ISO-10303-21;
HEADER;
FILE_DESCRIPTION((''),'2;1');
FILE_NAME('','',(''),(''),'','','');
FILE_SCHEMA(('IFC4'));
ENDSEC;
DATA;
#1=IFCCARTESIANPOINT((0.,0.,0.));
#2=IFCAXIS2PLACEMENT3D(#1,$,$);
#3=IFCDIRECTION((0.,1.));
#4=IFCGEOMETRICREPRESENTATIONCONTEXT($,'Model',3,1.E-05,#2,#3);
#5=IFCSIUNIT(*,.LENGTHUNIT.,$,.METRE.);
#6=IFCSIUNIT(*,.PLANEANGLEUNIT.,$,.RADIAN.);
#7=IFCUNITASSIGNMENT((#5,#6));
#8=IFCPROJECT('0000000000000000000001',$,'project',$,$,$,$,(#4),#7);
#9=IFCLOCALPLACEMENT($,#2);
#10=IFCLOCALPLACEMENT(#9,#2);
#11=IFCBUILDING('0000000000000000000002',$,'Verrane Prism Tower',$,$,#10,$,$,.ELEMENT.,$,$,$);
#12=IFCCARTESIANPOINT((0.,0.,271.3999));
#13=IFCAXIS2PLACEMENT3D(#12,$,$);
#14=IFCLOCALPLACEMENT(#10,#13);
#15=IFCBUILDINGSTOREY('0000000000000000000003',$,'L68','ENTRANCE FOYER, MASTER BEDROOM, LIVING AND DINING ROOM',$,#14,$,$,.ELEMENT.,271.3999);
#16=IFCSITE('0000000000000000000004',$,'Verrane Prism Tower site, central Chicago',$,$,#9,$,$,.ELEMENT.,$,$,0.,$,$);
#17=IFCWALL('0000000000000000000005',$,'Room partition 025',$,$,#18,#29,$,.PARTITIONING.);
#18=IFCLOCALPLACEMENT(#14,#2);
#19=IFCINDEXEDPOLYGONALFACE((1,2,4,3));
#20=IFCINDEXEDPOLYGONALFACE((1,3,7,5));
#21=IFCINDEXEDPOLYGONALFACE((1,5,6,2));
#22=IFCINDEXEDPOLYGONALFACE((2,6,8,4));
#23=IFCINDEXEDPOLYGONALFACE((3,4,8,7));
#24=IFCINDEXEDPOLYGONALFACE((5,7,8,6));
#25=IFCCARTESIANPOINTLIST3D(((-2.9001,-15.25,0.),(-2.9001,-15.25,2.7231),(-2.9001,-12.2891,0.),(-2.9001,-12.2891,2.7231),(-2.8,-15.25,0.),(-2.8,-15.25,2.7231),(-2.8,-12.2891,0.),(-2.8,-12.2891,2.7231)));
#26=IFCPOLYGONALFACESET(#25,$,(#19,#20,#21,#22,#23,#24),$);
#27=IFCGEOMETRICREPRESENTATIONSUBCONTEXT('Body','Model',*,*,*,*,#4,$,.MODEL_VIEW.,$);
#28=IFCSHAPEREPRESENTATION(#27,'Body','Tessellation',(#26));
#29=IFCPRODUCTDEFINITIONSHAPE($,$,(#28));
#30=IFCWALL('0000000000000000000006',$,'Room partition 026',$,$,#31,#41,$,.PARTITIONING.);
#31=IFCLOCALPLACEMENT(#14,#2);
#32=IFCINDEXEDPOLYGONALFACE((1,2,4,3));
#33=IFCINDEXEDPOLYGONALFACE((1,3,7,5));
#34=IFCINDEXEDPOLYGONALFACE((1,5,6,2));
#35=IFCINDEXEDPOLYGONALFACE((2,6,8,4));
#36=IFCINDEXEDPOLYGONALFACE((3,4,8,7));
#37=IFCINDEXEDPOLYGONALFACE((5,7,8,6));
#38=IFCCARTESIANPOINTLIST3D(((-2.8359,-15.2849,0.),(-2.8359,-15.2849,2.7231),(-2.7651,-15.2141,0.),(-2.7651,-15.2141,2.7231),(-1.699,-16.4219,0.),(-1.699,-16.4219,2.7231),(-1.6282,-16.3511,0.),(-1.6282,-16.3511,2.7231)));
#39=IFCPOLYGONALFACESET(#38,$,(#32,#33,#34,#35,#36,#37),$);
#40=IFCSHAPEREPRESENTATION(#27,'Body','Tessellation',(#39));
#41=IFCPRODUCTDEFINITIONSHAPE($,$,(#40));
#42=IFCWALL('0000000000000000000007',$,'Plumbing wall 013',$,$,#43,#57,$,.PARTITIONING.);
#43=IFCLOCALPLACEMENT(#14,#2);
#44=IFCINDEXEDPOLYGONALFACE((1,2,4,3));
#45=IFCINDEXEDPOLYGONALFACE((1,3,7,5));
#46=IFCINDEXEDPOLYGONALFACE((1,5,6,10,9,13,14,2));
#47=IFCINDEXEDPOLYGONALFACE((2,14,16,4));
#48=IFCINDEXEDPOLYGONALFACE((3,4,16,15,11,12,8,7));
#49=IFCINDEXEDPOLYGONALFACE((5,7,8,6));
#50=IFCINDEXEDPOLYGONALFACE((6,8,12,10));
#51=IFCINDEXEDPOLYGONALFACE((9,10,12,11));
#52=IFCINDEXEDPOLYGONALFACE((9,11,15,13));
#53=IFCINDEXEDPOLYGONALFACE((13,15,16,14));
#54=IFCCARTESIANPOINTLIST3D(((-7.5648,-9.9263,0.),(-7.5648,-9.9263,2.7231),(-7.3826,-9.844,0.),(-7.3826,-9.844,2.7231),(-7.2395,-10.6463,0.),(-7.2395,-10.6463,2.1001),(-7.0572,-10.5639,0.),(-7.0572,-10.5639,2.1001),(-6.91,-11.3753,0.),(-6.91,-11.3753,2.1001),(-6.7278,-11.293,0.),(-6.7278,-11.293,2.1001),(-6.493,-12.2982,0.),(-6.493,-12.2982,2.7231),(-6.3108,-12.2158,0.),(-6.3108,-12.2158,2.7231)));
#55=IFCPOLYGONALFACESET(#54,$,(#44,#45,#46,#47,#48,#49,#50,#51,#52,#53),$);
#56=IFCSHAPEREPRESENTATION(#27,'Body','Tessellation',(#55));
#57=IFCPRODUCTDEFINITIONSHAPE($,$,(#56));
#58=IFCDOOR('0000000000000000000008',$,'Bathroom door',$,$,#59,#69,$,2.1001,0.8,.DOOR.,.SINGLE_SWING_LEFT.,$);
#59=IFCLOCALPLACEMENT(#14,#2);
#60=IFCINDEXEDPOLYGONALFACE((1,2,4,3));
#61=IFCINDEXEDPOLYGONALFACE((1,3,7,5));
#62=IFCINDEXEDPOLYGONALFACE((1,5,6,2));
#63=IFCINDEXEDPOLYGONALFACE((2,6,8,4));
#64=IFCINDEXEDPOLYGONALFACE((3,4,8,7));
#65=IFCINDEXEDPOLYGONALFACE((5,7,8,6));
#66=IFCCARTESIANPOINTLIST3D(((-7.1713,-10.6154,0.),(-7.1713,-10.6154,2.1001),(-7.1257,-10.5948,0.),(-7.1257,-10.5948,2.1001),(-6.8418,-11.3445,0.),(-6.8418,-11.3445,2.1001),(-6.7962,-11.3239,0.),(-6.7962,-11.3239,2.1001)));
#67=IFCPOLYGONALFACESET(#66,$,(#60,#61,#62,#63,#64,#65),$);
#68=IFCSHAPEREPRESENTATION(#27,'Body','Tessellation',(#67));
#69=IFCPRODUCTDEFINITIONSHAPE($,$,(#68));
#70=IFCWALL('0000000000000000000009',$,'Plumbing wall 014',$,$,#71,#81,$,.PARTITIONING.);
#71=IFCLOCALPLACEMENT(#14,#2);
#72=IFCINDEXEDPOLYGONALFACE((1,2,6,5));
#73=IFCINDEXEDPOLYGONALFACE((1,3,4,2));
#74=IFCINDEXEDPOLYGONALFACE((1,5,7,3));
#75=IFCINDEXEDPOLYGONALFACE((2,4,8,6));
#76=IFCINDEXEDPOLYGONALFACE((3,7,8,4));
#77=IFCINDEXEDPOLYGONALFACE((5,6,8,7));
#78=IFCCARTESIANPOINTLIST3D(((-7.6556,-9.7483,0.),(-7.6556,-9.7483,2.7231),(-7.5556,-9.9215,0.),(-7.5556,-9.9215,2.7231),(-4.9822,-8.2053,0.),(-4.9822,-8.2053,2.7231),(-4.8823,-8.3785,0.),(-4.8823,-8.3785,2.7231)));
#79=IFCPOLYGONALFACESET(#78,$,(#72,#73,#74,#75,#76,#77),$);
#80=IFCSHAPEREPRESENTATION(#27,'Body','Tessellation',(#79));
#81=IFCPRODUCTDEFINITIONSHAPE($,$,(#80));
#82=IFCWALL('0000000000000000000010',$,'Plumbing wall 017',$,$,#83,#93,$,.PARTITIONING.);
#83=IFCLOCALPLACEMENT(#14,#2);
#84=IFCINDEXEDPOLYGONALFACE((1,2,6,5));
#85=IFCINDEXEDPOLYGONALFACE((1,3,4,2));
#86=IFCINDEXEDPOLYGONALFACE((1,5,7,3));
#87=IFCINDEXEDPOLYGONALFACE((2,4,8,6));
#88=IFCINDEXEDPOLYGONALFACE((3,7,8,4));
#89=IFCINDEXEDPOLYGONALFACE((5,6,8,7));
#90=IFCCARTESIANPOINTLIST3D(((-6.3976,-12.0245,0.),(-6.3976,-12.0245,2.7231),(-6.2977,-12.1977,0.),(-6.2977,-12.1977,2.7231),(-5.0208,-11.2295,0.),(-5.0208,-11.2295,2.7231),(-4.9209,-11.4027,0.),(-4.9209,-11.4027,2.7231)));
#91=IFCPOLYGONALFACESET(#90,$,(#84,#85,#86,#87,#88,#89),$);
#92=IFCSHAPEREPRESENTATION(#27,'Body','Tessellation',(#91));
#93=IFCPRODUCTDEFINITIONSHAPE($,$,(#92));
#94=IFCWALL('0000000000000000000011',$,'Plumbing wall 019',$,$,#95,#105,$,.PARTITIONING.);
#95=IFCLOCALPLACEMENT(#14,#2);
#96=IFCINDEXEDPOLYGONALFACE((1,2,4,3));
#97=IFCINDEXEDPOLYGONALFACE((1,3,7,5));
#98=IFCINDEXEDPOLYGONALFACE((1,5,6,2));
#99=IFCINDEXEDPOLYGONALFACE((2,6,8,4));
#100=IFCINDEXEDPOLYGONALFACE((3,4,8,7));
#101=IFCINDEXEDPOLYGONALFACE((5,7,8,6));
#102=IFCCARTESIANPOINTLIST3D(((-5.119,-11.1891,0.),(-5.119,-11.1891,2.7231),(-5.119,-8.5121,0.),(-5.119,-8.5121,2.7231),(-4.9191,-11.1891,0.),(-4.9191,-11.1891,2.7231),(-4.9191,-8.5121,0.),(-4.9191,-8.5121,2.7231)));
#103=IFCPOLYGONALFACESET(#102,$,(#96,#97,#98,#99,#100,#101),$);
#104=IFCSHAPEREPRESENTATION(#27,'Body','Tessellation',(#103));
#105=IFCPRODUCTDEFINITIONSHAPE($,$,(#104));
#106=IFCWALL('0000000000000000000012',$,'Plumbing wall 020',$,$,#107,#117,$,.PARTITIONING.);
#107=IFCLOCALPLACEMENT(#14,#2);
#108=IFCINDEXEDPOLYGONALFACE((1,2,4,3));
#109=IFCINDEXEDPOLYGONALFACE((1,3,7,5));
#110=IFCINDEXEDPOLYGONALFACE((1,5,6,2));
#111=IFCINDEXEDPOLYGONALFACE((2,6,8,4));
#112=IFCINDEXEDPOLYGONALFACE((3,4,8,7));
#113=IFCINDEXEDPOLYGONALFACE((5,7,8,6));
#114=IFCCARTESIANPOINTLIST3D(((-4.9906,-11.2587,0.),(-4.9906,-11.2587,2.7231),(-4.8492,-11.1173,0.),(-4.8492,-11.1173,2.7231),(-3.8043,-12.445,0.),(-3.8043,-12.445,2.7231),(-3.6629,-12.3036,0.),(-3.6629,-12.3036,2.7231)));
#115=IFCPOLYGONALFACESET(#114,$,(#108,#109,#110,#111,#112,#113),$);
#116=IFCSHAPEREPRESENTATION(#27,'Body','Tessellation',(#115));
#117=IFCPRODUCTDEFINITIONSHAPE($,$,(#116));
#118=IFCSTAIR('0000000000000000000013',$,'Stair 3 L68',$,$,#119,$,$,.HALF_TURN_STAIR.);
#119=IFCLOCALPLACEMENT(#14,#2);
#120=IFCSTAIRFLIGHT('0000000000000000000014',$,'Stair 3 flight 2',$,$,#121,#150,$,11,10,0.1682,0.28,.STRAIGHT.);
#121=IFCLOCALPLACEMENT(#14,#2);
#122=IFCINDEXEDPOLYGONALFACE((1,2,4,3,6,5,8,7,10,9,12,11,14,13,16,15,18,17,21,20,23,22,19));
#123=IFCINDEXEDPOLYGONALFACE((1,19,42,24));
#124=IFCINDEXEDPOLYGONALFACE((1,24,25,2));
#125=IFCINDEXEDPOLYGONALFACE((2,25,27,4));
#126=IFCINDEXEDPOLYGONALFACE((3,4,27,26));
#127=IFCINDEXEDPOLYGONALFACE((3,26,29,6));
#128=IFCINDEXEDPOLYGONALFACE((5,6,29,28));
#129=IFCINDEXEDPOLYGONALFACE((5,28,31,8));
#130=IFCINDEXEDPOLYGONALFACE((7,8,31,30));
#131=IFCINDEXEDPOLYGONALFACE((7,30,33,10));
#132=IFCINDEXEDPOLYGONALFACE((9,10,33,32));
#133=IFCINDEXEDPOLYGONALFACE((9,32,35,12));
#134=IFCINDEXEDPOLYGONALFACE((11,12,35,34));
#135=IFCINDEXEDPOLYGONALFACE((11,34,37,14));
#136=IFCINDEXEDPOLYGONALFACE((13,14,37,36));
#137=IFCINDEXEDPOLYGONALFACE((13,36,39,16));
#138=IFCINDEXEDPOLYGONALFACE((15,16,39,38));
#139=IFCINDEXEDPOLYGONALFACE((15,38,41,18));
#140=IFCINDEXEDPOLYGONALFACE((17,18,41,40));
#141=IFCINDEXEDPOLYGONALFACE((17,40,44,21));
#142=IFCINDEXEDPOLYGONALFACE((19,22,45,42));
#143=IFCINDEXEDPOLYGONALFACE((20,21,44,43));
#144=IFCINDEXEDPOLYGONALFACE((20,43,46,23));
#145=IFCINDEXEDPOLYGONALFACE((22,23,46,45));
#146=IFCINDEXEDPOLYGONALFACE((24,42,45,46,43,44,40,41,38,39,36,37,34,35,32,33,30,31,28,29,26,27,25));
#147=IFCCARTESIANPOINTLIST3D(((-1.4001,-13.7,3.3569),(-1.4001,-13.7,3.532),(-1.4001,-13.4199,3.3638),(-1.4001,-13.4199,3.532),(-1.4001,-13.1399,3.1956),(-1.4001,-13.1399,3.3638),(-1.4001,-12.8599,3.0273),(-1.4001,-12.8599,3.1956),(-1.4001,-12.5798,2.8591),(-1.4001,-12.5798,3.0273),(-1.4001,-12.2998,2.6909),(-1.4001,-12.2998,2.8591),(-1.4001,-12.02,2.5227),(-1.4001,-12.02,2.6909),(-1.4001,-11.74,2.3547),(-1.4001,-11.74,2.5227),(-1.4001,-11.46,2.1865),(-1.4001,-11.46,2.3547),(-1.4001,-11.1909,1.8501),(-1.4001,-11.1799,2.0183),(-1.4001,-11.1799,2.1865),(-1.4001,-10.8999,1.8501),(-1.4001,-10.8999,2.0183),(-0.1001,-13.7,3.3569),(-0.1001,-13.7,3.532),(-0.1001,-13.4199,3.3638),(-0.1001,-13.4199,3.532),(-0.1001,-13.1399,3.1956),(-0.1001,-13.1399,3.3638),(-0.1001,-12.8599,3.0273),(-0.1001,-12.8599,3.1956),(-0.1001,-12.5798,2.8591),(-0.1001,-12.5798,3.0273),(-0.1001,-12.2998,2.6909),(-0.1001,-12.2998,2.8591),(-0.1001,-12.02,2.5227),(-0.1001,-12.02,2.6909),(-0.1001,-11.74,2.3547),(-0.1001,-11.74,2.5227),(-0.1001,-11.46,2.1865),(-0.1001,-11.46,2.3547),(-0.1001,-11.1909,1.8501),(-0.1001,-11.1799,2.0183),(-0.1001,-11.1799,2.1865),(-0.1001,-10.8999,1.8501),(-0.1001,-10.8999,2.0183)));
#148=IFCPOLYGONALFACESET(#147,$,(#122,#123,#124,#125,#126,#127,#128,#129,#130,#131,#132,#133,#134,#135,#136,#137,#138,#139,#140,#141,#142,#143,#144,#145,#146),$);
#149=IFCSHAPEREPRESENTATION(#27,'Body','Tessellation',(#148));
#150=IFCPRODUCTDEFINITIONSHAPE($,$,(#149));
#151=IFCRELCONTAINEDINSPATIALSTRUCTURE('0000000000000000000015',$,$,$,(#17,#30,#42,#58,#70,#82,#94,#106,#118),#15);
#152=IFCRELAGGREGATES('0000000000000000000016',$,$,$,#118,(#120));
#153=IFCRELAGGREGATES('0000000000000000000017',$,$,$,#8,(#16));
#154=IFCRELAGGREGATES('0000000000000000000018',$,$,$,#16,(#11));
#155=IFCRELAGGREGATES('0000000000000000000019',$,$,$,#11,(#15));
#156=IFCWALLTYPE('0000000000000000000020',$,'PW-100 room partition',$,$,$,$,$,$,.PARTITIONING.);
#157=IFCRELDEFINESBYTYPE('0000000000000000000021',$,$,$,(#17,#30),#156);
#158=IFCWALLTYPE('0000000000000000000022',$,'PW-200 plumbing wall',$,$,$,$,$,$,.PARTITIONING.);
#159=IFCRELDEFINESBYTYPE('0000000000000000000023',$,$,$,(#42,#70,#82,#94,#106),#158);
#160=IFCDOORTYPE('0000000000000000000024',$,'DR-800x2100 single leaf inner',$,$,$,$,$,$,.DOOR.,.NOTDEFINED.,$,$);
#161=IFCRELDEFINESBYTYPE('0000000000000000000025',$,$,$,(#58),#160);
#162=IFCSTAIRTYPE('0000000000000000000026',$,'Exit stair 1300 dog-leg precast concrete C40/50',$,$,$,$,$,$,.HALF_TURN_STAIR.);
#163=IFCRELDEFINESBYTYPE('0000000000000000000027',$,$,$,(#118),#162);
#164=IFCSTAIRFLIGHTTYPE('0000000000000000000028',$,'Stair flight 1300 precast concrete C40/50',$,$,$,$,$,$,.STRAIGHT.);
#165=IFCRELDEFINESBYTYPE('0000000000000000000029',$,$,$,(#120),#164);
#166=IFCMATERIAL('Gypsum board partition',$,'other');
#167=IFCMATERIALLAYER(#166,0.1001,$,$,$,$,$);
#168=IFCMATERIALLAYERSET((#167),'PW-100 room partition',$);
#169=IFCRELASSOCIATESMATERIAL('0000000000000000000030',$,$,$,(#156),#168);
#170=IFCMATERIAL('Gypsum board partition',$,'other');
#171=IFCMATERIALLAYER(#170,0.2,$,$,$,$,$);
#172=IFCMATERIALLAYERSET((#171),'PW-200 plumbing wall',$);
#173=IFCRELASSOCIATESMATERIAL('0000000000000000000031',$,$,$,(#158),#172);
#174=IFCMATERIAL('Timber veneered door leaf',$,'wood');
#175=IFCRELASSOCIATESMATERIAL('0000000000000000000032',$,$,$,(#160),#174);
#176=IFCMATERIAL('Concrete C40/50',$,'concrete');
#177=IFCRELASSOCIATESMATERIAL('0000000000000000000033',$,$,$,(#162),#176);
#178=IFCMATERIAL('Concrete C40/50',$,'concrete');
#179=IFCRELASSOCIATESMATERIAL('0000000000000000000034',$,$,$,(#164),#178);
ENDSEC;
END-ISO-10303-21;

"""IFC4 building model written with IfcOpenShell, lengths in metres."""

from ifc_helpers import new_model, si_unit, direction, frame, frame_2d, origin, place, context, subcontext, project, spatial, polyline, rectangle, outline, extrude, material, layer, layer_set, type_object, element, fill, aggregate, save


model = new_model("IFC4")

# Units and contexts
model_context = context("Model", 3, precision=1e-05, world=origin(), true_north=direction((0.0, 1.0)))
body_context = subcontext(model_context, "Body", "Model", "MODEL_VIEW")
ifc_project = project(units=[si_unit("LENGTHUNIT", "METRE"), si_unit("PLANEANGLEUNIT", "RADIAN")], contexts=[model_context])

# Site, building, storey
site_placement = place(None, origin())
site = spatial("IfcSite", under=ifc_project, at=site_placement, Name="Verrane Prism Tower site, central Chicago", CompositionType="ELEMENT", RefElevation=0.0)
building_placement = place(site_placement, origin())
building = spatial("IfcBuilding", under=site, at=building_placement, Name="Verrane Prism Tower", CompositionType="ELEMENT")
storey_placement = place(building_placement, frame((0.0, 0.0, 271.3999)))
storey = spatial("IfcBuildingStorey", under=building, at=storey_placement, Name="L68", Description="ENTRANCE FOYER, MASTER BEDROOM, LIVING AND DINING ROOM", CompositionType="ELEMENT", Elevation=271.3999)

# Walls
ifc_material_1 = material(Name="Gypsum board partition", Category="other")
ifc_layer_1 = layer(ifc_material_1, 0.1001)
ifc_layer_set_1 = layer_set([ifc_layer_1], Name="PW-100 room partition")
wall_type_1 = type_object("IfcWallType", Name="PW-100 room partition", PredefinedType="PARTITIONING", material=ifc_layer_set_1)
wall_1_placement = place(storey_placement, frame((-2.8501, -15.25, 0.0), z_axis=(0.0, 0.0, 1.0), x_axis=(0.0, 1.0, 0.0)))
element("IfcWall", 1, at=wall_1_placement, inside=storey, type_object=wall_type_1, Name="Room partition 025", PredefinedType="PARTITIONING", context=body_context, shape_type="SweptSolid", body=[
    extrude(rectangle(XDim=2.9609, YDim=0.1001, at=frame_2d((1.4805, 0.0))), origin(), (0.0, 0.0, 1.0), 2.7231),
])
wall_2_placement = place(storey_placement, frame((-2.8005, -15.2495, 0.0), z_axis=(0.0, 0.0, 1.0), x_axis=(0.707107, -0.707107, 0.0)))
element("IfcWall", 2, at=wall_2_placement, inside=storey, type_object=wall_type_1, Name="Room partition 026", PredefinedType="PARTITIONING", context=body_context, shape_type="SweptSolid", body=[
    extrude(rectangle(XDim=1.6079, YDim=0.1001, at=frame_2d((0.804, 0.0))), origin(), (0.0, 0.0, 1.0), 2.7231),
])

# Wall, opening, door
ifc_material_2 = material(Name="Gypsum board partition", Category="other")
ifc_layer_2 = layer(ifc_material_2, 0.2)
ifc_layer_set_2 = layer_set([ifc_layer_2], Name="PW-200 plumbing wall")
wall_type_2 = type_object("IfcWallType", Name="PW-200 plumbing wall", PredefinedType="PARTITIONING", material=ifc_layer_set_2)
wall_3_placement = place(storey_placement, frame((-7.4736, -9.8853, 0.0), z_axis=(0.0, 0.0, 1.0), x_axis=(0.411788, -0.91128, 0.0)))
wall_3 = element("IfcWall", 3, at=wall_3_placement, inside=storey, type_object=wall_type_2, Name="Plumbing wall 013", PredefinedType="PARTITIONING", context=body_context, shape_type="SweptSolid", body=[
    extrude(rectangle(XDim=2.6028, YDim=0.2, at=frame_2d((1.3013, 0.0))), origin(), (0.0, 0.0, 1.0), 2.7231),
])
opening_1_placement = place(wall_3_placement, frame((0.79, 0.0, 0.0)))
opening_1 = element("IfcOpeningElement", 4, at=opening_1_placement, cuts=wall_3, PredefinedType="OPENING", context=body_context, shape_type="SweptSolid", body=[
    extrude(rectangle(XDim=0.8, YDim=2.1001, at=frame_2d((0.3999, 1.05))), frame((0.0, 0.1099, 0.0), z_axis=(0.0, -1.0, 0.0), x_axis=(1.0, 0.0, 0.0)), (0.0, 0.0, 1.0), 0.22),
])
ifc_material_3 = material(Name="Timber veneered door leaf", Category="wood")
door_type_1 = type_object("IfcDoorType", Name="DR-800x2100 single leaf inner", OperationType="NOTDEFINED", PredefinedType="DOOR", material=ifc_material_3)
door_1_placement = place(opening_1_placement, origin())
door_1 = element("IfcDoor", 5, at=door_1_placement, inside=storey, type_object=door_type_1, Name="Bathroom door", OperationType="SINGLE_SWING_LEFT", OverallHeight=2.1001, OverallWidth=0.8, PredefinedType="DOOR", context=body_context, shape_type="SweptSolid", body=[
    extrude(rectangle(XDim=0.8, YDim=2.1001, at=frame_2d((0.3999, 1.05))), frame((0.0, 0.0249, 0.0), z_axis=(0.0, -1.0, 0.0), x_axis=(1.0, 0.0, 0.0)), (0.0, 0.0, 1.0), 0.05),
])
fill(opening_1, door_1)

# Walls
wall_4_placement = place(storey_placement, frame((-7.6057, -9.835, 0.0), z_axis=(0.0, 0.0, 1.0), x_axis=(0.866093, 0.499882, 0.0)))
element("IfcWall", 6, at=wall_4_placement, inside=storey, type_object=wall_type_2, Name="Plumbing wall 014", PredefinedType="PARTITIONING", context=body_context, shape_type="SweptSolid", body=[
    extrude(rectangle(XDim=3.0867, YDim=0.2, at=frame_2d((1.5435, 0.0))), origin(), (0.0, 0.0, 1.0), 2.7231),
])
wall_5_placement = place(storey_placement, frame((-6.3477, -12.1111, 0.0), z_axis=(0.0, 0.0, 1.0), x_axis=(0.866004, 0.500037, 0.0)))
element("IfcWall", 7, at=wall_5_placement, inside=storey, type_object=wall_type_2, Name="Plumbing wall 017", PredefinedType="PARTITIONING", context=body_context, shape_type="SweptSolid", body=[
    extrude(rectangle(XDim=1.5898, YDim=0.2, at=frame_2d((0.7949, 0.0))), origin(), (0.0, 0.0, 1.0), 2.7231),
])
wall_6_placement = place(storey_placement, frame((-5.019, -11.189, 0.0), z_axis=(0.0, 0.0, 1.0), x_axis=(0.0, 1.0, 0.0)))
element("IfcWall", 8, at=wall_6_placement, inside=storey, type_object=wall_type_2, Name="Plumbing wall 019", PredefinedType="PARTITIONING", context=body_context, shape_type="SweptSolid", body=[
    extrude(rectangle(XDim=2.677, YDim=0.2, at=frame_2d((1.3384, 0.0))), origin(), (0.0, 0.0, 1.0), 2.7231),
])
wall_7_placement = place(storey_placement, frame((-4.9199, -11.188, 0.0), z_axis=(0.0, 0.0, 1.0), x_axis=(0.707107, -0.707107, 0.0)))
element("IfcWall", 9, at=wall_7_placement, inside=storey, type_object=wall_type_2, Name="Plumbing wall 020", PredefinedType="PARTITIONING", context=body_context, shape_type="SweptSolid", body=[
    extrude(rectangle(XDim=1.6777, YDim=0.2, at=frame_2d((0.8389, 0.0))), origin(), (0.0, 0.0, 1.0), 2.7231),
])

# Stair, stair flight
ifc_material_4 = material(Name="Concrete C40/50", Category="concrete")
stair_type = type_object("IfcStairType", Name="Exit stair 1300 dog-leg precast concrete C40/50", PredefinedType="HALF_TURN_STAIR", material=ifc_material_4)
stair_placement = place(storey_placement, origin())
stair = element("IfcStair", 10, at=stair_placement, inside=storey, type_object=stair_type, Name="Stair 3 L68", PredefinedType="HALF_TURN_STAIR")
ifc_material_5 = material(Name="Concrete C40/50", Category="concrete")
stair_flight_type = type_object("IfcStairFlightType", Name="Stair flight 1300 precast concrete C40/50", PredefinedType="STRAIGHT", material=ifc_material_5)
stair_flight_placement = place(storey_placement, frame((-0.75, -10.8999, 1.8501), z_axis=(0.0, 0.0, 1.0), x_axis=(0.0, -1.0, 0.0)))
stair_flight = element("IfcStairFlight", 11, at=stair_flight_placement, type_object=stair_flight_type, Name="Stair 3 flight 2", NumberOfRisers=11, NumberOfTreads=10, PredefinedType="STRAIGHT", RiserHeight=0.1682, TreadLength=0.28, context=body_context, shape_type="SweptSolid", body=[
    extrude(outline(polyline([(0.0, 0.0), (0.0, 0.1682), (0.28, 0.1682), (0.28, 0.3364), (0.5601, 0.3364), (0.5601, 0.5046), (0.8401, 0.5046), (0.8401, 0.6726), (1.1201, 0.6726), (1.1201, 0.8408), (1.3999, 0.8408), (1.3999, 1.009), (1.6799, 1.009), (1.6799, 1.1772), (1.96, 1.1772), (1.96, 1.3455), (2.24, 1.3455), (2.24, 1.5137), (2.52, 1.5137), (2.52, 1.6819), (2.8, 1.6819), (2.8, 1.8501), (2.8, 1.5068), (0.291, 0.0), (0.0, 0.0)])), frame((0.0, 0.6499, 0.0), z_axis=(0.0, -1.0, 0.0), x_axis=(1.0, 0.0, 0.0)), (0.0, 0.0, 1.0), 1.3),
])
aggregate(stair, [stair_flight])

save(model, "model.ifc")
